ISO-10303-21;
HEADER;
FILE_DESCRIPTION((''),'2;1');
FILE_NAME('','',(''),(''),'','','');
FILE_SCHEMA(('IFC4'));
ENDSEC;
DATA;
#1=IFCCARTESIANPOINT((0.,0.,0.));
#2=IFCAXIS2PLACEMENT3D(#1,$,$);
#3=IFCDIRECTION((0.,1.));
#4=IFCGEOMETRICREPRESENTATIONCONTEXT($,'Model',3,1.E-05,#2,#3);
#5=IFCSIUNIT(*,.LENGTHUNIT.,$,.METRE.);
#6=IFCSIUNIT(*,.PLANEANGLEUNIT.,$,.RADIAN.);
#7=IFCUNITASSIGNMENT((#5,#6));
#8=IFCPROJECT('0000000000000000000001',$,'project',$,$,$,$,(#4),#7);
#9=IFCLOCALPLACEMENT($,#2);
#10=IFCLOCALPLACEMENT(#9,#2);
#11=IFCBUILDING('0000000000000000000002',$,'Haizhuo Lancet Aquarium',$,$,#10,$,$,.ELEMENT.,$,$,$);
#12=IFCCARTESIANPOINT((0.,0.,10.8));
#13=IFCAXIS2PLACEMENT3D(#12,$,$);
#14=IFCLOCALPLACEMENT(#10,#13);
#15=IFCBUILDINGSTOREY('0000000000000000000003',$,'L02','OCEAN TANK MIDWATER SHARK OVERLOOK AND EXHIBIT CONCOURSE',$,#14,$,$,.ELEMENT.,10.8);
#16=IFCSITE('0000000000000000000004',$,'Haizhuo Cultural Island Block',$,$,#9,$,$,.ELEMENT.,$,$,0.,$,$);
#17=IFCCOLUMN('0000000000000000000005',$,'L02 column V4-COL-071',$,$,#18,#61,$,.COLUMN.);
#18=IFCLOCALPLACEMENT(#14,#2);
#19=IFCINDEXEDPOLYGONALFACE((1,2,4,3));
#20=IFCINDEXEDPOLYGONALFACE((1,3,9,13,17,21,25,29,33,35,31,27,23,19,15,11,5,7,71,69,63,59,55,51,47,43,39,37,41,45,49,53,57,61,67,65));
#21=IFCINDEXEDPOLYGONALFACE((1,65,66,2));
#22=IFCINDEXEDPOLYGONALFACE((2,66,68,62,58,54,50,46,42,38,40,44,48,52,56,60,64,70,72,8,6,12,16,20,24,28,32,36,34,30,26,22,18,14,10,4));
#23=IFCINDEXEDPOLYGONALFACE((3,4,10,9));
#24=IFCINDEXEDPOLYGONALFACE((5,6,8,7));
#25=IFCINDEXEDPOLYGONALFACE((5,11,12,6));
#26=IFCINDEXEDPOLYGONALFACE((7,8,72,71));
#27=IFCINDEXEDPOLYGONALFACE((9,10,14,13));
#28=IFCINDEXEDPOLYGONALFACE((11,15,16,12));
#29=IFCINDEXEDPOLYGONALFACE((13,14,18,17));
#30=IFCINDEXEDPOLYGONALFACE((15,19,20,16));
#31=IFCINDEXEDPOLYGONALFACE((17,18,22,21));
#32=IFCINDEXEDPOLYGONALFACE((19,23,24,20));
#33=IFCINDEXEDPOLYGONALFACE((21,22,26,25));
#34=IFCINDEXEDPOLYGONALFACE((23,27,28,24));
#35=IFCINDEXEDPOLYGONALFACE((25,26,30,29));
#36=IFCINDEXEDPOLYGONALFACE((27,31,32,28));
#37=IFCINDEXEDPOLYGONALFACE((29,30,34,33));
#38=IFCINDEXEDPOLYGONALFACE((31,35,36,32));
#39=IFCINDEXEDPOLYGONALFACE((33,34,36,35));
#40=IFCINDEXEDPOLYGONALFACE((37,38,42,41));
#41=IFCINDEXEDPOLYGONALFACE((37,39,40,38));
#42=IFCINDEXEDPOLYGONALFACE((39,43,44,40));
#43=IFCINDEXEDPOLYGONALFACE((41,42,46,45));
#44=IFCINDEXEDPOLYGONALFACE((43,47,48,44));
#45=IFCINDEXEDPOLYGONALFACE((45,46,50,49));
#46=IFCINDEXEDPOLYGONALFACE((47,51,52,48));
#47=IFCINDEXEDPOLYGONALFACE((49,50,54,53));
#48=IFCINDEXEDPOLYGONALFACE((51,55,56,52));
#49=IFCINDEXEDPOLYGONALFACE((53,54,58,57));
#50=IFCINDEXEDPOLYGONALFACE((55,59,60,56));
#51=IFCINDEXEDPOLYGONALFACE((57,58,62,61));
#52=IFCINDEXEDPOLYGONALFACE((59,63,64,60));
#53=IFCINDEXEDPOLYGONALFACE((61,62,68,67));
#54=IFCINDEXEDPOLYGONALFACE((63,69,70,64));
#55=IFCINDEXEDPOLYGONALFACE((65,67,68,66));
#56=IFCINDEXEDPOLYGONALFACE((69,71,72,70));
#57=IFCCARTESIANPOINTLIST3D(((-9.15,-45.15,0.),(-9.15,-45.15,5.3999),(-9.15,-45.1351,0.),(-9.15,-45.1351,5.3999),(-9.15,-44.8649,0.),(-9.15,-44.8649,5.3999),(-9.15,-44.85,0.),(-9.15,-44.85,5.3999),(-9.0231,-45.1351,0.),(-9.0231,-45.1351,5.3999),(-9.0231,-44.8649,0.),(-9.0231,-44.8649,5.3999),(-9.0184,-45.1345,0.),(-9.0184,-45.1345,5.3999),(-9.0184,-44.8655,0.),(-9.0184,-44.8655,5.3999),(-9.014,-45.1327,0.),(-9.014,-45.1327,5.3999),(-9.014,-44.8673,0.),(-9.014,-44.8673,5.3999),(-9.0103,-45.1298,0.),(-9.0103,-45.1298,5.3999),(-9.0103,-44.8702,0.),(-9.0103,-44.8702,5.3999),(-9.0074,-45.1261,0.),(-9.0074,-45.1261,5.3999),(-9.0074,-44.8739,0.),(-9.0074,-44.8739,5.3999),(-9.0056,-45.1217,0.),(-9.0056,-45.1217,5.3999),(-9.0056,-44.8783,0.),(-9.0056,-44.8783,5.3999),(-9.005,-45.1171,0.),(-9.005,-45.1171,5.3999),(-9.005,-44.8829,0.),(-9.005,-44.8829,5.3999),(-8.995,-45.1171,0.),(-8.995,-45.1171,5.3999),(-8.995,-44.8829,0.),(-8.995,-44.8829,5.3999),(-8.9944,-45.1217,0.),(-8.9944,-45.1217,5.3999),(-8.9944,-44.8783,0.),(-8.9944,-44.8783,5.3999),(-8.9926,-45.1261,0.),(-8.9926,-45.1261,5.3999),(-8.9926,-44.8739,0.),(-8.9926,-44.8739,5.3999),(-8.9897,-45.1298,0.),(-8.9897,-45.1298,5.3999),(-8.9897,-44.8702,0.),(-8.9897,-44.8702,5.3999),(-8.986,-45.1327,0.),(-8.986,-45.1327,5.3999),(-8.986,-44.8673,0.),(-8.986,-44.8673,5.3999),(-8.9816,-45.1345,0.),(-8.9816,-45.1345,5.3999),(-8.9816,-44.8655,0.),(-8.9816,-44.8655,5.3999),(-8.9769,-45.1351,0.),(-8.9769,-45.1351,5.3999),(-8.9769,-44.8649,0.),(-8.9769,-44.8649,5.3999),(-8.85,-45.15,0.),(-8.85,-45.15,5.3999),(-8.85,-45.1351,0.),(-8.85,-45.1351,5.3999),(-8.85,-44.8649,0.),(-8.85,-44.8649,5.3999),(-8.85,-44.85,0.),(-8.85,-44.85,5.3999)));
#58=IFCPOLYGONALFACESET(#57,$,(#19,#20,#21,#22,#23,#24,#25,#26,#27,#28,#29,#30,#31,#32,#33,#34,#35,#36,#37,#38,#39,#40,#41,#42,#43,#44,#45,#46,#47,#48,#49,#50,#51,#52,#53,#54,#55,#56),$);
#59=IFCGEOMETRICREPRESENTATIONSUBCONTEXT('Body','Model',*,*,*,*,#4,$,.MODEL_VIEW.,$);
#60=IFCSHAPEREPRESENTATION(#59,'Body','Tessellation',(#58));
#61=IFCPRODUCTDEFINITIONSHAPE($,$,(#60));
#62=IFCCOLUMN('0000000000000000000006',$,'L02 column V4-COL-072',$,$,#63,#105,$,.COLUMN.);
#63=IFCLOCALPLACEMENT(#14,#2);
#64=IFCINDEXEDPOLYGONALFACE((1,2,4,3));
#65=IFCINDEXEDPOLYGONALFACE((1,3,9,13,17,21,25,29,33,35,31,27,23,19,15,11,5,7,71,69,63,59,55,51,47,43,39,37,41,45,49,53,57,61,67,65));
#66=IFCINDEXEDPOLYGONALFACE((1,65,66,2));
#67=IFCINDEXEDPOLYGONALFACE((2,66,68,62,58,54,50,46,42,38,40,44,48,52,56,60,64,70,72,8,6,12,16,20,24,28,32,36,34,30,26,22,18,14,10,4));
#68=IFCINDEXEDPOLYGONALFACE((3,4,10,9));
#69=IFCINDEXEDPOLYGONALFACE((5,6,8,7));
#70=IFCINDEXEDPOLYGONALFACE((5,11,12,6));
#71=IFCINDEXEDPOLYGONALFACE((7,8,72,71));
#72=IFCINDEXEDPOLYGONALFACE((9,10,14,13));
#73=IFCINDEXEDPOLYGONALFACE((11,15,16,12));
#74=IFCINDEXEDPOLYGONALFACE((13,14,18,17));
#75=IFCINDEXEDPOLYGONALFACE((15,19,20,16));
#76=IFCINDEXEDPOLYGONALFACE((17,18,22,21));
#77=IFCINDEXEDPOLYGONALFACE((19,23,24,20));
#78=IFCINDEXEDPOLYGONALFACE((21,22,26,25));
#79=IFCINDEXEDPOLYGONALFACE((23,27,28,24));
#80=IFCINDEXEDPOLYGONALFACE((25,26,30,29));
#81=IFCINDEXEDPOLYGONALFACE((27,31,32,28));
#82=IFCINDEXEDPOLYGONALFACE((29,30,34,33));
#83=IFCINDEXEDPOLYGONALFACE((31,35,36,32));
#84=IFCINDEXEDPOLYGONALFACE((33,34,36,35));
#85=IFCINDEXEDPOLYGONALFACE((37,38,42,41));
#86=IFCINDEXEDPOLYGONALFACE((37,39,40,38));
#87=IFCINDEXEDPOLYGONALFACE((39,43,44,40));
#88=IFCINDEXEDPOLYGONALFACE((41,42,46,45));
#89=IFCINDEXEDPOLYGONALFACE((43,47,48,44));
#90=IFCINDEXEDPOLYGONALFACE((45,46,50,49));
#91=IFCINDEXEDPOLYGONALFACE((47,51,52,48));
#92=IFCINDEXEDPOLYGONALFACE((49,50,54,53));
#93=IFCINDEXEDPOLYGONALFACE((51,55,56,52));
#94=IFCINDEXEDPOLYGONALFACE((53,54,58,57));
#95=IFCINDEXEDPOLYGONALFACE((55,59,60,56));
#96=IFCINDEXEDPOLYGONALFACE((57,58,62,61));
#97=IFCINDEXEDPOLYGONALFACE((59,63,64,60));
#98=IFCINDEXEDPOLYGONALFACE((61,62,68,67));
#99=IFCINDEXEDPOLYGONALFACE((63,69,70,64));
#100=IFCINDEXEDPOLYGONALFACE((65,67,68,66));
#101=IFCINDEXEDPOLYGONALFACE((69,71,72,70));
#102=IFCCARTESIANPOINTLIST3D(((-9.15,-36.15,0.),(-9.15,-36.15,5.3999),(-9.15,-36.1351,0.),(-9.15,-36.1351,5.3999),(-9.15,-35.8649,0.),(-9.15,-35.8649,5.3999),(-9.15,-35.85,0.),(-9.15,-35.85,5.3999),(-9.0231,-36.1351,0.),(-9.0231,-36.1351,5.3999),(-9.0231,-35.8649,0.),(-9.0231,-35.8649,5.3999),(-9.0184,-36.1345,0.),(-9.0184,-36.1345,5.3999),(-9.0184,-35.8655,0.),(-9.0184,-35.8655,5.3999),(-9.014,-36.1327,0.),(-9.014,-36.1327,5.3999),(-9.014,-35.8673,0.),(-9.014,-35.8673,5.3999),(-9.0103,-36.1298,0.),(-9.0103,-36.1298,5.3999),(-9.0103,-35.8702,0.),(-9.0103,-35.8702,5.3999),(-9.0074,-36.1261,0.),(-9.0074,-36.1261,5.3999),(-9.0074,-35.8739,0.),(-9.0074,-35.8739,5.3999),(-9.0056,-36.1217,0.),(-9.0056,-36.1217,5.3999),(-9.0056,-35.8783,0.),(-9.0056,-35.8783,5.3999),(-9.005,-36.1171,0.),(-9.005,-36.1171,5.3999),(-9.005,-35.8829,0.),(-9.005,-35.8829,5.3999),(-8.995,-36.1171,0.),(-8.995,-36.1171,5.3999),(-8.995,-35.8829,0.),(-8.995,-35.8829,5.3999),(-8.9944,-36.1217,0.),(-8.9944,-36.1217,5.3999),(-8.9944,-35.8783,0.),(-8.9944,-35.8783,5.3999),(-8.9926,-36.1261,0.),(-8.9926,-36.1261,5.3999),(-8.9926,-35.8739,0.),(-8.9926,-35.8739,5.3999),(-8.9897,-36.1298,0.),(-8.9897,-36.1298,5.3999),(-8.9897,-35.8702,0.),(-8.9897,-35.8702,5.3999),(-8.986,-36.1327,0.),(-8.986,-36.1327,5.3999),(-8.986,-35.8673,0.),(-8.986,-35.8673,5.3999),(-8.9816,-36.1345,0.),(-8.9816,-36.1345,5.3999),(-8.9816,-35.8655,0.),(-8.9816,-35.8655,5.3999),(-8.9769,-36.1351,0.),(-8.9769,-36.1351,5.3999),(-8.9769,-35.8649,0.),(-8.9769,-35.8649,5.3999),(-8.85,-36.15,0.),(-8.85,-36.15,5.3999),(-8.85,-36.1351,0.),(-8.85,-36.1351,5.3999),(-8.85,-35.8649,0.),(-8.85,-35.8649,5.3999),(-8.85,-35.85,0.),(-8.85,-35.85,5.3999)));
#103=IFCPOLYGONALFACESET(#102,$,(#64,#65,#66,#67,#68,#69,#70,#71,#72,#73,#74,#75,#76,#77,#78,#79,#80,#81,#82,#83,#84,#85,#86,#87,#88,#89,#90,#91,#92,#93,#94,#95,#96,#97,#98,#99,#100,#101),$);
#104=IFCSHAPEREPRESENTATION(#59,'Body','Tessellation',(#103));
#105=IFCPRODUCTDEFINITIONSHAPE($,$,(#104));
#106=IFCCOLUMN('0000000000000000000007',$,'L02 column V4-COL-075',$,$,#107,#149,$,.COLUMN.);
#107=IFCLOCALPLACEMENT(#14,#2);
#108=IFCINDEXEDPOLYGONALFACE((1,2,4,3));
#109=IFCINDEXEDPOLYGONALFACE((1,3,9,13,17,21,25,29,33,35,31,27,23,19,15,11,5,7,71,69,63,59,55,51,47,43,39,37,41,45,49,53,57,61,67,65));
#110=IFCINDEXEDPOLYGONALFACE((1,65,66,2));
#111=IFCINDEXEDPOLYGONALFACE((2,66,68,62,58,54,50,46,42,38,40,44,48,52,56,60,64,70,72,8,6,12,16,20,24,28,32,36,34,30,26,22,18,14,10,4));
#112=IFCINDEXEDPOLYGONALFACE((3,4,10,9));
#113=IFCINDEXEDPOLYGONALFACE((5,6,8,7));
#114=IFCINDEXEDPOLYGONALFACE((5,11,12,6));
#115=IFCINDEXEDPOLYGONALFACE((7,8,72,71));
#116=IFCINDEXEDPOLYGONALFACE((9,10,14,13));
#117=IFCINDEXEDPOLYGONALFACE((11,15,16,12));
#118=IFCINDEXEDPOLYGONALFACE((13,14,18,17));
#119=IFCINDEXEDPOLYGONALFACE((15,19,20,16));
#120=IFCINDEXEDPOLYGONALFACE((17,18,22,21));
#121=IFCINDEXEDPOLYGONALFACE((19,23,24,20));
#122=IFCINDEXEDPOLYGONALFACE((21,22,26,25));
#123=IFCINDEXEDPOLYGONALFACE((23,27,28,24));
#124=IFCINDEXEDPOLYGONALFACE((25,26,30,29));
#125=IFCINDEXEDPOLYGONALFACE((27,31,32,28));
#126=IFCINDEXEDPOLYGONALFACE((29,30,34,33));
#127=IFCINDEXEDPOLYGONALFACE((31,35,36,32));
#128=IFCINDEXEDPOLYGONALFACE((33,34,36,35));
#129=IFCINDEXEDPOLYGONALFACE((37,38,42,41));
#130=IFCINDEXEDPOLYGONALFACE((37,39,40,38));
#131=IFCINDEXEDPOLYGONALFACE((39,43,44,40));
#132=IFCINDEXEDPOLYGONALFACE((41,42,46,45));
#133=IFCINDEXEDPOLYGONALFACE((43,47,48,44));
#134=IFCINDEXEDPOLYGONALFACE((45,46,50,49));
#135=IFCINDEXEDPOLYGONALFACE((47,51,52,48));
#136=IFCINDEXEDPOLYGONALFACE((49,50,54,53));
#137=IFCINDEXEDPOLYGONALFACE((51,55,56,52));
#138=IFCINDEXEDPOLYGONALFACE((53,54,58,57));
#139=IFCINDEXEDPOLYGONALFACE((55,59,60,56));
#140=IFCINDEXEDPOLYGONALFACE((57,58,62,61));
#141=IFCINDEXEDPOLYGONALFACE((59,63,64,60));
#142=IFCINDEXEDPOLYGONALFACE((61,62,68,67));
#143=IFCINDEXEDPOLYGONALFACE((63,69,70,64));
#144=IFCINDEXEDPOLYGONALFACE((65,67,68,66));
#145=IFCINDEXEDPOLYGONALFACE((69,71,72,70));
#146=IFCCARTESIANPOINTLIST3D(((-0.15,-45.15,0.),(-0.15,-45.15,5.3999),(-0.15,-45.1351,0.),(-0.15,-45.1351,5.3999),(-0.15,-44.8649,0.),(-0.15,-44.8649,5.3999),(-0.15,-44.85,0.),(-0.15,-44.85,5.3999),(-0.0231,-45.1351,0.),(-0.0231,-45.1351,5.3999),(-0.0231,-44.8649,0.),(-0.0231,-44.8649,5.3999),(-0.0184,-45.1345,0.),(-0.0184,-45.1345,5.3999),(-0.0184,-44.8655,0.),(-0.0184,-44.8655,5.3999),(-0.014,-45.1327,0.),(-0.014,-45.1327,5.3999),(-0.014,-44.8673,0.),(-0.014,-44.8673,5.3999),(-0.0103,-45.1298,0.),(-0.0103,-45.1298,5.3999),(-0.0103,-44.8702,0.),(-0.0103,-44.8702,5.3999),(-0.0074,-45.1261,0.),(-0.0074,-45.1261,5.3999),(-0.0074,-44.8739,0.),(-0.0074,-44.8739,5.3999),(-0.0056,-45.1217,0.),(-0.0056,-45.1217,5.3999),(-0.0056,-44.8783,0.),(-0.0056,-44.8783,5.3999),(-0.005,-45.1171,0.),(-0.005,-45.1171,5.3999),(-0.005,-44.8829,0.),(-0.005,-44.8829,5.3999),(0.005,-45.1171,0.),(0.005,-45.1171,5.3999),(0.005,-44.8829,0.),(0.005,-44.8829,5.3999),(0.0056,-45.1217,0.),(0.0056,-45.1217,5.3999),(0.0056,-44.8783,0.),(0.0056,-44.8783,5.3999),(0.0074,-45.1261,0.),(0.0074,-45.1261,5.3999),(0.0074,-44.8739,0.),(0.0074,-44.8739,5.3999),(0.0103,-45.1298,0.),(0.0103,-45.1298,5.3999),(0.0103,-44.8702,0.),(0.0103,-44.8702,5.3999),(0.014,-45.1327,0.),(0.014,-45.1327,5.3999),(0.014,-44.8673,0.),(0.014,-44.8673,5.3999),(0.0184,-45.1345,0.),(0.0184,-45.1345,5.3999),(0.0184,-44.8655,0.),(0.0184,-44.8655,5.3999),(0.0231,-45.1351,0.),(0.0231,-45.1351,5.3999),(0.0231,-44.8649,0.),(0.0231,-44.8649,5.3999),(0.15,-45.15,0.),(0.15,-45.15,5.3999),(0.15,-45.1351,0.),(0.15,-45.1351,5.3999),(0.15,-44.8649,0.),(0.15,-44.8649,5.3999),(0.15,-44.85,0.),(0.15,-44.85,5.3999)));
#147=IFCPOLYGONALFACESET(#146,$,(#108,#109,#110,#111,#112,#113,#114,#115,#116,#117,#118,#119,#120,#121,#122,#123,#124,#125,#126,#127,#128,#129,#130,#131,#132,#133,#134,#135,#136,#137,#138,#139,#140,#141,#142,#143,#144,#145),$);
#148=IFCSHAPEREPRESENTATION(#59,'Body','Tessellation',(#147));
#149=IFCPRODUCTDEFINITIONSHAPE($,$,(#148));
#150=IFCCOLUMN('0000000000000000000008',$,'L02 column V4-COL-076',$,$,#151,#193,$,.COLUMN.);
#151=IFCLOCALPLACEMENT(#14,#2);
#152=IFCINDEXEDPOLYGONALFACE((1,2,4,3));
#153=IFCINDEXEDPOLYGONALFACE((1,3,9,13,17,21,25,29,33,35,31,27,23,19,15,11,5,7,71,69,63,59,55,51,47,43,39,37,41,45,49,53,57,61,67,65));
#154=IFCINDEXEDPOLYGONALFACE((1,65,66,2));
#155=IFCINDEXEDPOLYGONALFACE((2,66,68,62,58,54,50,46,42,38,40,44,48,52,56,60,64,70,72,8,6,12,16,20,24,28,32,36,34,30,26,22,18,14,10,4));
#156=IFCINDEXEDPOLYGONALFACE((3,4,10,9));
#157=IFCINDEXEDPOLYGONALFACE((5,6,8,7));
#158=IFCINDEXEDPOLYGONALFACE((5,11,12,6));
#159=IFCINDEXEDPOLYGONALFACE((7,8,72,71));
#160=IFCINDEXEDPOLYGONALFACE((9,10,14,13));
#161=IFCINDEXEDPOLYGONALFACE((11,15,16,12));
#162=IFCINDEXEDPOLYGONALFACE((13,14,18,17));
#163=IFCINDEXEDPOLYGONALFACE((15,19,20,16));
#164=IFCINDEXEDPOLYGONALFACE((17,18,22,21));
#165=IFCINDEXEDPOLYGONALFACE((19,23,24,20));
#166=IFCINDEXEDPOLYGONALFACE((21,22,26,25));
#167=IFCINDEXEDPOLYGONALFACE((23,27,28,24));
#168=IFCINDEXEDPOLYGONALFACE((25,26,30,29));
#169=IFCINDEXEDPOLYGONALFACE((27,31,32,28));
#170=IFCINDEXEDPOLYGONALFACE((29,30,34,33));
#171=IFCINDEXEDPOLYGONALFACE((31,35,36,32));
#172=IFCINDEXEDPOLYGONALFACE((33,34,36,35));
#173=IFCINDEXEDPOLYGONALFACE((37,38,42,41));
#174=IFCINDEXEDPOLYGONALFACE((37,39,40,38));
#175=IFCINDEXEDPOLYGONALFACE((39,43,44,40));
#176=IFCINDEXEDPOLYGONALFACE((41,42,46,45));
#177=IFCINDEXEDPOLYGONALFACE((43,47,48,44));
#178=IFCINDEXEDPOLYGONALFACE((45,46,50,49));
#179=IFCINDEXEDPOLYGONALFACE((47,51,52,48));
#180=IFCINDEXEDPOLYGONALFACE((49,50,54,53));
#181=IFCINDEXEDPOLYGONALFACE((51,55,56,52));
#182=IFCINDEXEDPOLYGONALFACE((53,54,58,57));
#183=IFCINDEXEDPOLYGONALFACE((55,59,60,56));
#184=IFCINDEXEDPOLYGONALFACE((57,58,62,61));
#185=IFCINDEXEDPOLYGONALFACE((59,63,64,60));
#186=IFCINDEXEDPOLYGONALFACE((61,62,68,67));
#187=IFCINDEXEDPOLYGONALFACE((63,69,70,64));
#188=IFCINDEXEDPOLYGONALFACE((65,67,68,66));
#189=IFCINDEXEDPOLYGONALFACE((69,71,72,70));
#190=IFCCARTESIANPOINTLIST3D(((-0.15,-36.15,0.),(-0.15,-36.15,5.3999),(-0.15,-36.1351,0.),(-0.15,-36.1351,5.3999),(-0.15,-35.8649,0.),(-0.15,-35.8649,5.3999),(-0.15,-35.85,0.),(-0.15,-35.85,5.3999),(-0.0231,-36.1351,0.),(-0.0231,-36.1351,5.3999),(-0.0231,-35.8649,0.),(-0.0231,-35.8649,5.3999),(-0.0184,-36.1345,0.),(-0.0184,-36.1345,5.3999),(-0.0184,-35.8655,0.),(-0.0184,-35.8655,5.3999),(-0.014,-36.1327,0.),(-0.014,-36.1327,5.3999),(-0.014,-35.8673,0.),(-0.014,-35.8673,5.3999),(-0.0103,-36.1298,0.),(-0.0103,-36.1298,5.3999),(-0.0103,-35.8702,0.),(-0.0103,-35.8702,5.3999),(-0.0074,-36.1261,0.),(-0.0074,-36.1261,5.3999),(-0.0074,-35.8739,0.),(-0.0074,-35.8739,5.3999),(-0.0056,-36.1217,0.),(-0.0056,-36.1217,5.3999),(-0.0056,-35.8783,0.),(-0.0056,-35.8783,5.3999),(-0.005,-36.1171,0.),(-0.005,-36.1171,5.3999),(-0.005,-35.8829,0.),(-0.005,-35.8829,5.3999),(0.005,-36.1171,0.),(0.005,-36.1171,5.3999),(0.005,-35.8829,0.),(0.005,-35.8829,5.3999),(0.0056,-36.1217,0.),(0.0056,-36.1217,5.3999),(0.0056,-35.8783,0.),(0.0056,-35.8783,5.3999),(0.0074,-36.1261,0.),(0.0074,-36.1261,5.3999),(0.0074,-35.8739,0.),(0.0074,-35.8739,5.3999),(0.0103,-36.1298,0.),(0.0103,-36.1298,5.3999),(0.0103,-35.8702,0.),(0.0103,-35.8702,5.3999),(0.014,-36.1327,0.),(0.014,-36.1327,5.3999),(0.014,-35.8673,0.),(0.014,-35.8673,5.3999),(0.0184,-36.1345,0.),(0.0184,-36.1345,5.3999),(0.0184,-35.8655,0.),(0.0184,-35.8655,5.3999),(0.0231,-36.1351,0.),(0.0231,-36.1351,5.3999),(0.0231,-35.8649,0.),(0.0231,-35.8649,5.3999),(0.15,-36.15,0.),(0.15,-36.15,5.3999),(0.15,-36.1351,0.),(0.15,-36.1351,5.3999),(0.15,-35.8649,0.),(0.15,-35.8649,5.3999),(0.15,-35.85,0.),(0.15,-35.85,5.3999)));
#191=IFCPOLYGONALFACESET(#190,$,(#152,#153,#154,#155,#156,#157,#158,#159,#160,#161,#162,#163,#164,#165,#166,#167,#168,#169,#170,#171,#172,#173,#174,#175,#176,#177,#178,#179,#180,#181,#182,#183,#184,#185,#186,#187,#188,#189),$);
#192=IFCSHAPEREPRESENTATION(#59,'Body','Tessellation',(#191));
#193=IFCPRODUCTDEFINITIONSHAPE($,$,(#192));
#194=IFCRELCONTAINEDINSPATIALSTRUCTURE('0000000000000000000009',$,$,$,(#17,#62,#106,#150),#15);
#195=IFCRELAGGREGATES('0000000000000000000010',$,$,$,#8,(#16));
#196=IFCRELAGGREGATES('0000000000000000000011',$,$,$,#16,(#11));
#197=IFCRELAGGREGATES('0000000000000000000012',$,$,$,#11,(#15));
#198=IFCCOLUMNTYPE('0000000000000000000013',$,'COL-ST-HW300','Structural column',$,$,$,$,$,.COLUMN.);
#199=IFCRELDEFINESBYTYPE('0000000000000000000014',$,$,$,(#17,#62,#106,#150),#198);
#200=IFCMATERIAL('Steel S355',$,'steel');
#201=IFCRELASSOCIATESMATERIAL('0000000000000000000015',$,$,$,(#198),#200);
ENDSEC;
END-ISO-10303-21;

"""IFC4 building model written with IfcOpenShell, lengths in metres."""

from ifc_helpers import new_model, si_unit, direction, frame, origin, origin_2d, place, context, subcontext, project, spatial, i_section, extrude, material, material_profile, profile_set, type_object, element, save


model = new_model("IFC4")

# Units and contexts
model_context = context("Model", 3, precision=1e-05, world=origin(), true_north=direction((0.0, 1.0)))
body_context = subcontext(model_context, "Body", "Model", "MODEL_VIEW")
ifc_project = project(units=[si_unit("LENGTHUNIT", "METRE"), si_unit("PLANEANGLEUNIT", "RADIAN")], contexts=[model_context])

# Site, building, storey
site_placement = place(None, origin())
site = spatial("IfcSite", under=ifc_project, at=site_placement, Name="Haizhuo Cultural Island Block", CompositionType="ELEMENT", RefElevation=0.0)
building_placement = place(site_placement, origin())
building = spatial("IfcBuilding", under=site, at=building_placement, Name="Haizhuo Lancet Aquarium", CompositionType="ELEMENT")
storey_placement = place(building_placement, frame((0.0, 0.0, 10.8)))
storey = spatial("IfcBuildingStorey", under=building, at=storey_placement, Name="L02", Description="OCEAN TANK MIDWATER SHARK OVERLOOK AND EXHIBIT CONCOURSE", CompositionType="ELEMENT", Elevation=10.8)

# Columns
ifc_material_1 = material(Name="Steel S355", Category="steel")
ifc_material_profile_1 = material_profile(ifc_material_1, i_section(OverallWidth=0.3, OverallDepth=0.3, WebThickness=0.01, FlangeThickness=0.0149, FilletRadius=0.0181, at=origin_2d()), Name="HW 300x300x10x15")
ifc_profile_set_1 = profile_set([ifc_material_profile_1], Name="Steel S355")
column_type = type_object("IfcColumnType", Name="COL-ST-HW300", Description="Structural column", PredefinedType="COLUMN", material=ifc_profile_set_1)
for number, where, z_axis, x_axis, name in (
    (1, (-9.0, -45.0, 0.0), (0.0, 0.0, 1.0), (1.0, 0.0, 0.0), "L02 column V4-COL-071"),
    (2, (-9.0, -36.0, 0.0), (0.0, 0.0, 1.0), (1.0, 0.0, 0.0), "L02 column V4-COL-072"),
    (3, (0.0, -45.0, 0.0), (0.0, 0.0, 1.0), (1.0, 0.0, 0.0), "L02 column V4-COL-075"),
    (4, (0.0, -36.0, 0.0), (0.0, 0.0, 1.0), (1.0, 0.0, 0.0), "L02 column V4-COL-076"),
):
    element("IfcColumn", number, at=place(storey_placement, frame(where, z_axis=z_axis, x_axis=x_axis)), inside=storey, type_object=column_type, Name=name, PredefinedType="COLUMN", context=body_context, shape_type="SweptSolid", body=[
        extrude(i_section(OverallWidth=0.3, OverallDepth=0.3, WebThickness=0.01, FlangeThickness=0.0149, FilletRadius=0.0181, at=origin_2d()), origin(), (0.0, 0.0, 1.0), 5.3999),
    ])

save(model, "model.ifc")
